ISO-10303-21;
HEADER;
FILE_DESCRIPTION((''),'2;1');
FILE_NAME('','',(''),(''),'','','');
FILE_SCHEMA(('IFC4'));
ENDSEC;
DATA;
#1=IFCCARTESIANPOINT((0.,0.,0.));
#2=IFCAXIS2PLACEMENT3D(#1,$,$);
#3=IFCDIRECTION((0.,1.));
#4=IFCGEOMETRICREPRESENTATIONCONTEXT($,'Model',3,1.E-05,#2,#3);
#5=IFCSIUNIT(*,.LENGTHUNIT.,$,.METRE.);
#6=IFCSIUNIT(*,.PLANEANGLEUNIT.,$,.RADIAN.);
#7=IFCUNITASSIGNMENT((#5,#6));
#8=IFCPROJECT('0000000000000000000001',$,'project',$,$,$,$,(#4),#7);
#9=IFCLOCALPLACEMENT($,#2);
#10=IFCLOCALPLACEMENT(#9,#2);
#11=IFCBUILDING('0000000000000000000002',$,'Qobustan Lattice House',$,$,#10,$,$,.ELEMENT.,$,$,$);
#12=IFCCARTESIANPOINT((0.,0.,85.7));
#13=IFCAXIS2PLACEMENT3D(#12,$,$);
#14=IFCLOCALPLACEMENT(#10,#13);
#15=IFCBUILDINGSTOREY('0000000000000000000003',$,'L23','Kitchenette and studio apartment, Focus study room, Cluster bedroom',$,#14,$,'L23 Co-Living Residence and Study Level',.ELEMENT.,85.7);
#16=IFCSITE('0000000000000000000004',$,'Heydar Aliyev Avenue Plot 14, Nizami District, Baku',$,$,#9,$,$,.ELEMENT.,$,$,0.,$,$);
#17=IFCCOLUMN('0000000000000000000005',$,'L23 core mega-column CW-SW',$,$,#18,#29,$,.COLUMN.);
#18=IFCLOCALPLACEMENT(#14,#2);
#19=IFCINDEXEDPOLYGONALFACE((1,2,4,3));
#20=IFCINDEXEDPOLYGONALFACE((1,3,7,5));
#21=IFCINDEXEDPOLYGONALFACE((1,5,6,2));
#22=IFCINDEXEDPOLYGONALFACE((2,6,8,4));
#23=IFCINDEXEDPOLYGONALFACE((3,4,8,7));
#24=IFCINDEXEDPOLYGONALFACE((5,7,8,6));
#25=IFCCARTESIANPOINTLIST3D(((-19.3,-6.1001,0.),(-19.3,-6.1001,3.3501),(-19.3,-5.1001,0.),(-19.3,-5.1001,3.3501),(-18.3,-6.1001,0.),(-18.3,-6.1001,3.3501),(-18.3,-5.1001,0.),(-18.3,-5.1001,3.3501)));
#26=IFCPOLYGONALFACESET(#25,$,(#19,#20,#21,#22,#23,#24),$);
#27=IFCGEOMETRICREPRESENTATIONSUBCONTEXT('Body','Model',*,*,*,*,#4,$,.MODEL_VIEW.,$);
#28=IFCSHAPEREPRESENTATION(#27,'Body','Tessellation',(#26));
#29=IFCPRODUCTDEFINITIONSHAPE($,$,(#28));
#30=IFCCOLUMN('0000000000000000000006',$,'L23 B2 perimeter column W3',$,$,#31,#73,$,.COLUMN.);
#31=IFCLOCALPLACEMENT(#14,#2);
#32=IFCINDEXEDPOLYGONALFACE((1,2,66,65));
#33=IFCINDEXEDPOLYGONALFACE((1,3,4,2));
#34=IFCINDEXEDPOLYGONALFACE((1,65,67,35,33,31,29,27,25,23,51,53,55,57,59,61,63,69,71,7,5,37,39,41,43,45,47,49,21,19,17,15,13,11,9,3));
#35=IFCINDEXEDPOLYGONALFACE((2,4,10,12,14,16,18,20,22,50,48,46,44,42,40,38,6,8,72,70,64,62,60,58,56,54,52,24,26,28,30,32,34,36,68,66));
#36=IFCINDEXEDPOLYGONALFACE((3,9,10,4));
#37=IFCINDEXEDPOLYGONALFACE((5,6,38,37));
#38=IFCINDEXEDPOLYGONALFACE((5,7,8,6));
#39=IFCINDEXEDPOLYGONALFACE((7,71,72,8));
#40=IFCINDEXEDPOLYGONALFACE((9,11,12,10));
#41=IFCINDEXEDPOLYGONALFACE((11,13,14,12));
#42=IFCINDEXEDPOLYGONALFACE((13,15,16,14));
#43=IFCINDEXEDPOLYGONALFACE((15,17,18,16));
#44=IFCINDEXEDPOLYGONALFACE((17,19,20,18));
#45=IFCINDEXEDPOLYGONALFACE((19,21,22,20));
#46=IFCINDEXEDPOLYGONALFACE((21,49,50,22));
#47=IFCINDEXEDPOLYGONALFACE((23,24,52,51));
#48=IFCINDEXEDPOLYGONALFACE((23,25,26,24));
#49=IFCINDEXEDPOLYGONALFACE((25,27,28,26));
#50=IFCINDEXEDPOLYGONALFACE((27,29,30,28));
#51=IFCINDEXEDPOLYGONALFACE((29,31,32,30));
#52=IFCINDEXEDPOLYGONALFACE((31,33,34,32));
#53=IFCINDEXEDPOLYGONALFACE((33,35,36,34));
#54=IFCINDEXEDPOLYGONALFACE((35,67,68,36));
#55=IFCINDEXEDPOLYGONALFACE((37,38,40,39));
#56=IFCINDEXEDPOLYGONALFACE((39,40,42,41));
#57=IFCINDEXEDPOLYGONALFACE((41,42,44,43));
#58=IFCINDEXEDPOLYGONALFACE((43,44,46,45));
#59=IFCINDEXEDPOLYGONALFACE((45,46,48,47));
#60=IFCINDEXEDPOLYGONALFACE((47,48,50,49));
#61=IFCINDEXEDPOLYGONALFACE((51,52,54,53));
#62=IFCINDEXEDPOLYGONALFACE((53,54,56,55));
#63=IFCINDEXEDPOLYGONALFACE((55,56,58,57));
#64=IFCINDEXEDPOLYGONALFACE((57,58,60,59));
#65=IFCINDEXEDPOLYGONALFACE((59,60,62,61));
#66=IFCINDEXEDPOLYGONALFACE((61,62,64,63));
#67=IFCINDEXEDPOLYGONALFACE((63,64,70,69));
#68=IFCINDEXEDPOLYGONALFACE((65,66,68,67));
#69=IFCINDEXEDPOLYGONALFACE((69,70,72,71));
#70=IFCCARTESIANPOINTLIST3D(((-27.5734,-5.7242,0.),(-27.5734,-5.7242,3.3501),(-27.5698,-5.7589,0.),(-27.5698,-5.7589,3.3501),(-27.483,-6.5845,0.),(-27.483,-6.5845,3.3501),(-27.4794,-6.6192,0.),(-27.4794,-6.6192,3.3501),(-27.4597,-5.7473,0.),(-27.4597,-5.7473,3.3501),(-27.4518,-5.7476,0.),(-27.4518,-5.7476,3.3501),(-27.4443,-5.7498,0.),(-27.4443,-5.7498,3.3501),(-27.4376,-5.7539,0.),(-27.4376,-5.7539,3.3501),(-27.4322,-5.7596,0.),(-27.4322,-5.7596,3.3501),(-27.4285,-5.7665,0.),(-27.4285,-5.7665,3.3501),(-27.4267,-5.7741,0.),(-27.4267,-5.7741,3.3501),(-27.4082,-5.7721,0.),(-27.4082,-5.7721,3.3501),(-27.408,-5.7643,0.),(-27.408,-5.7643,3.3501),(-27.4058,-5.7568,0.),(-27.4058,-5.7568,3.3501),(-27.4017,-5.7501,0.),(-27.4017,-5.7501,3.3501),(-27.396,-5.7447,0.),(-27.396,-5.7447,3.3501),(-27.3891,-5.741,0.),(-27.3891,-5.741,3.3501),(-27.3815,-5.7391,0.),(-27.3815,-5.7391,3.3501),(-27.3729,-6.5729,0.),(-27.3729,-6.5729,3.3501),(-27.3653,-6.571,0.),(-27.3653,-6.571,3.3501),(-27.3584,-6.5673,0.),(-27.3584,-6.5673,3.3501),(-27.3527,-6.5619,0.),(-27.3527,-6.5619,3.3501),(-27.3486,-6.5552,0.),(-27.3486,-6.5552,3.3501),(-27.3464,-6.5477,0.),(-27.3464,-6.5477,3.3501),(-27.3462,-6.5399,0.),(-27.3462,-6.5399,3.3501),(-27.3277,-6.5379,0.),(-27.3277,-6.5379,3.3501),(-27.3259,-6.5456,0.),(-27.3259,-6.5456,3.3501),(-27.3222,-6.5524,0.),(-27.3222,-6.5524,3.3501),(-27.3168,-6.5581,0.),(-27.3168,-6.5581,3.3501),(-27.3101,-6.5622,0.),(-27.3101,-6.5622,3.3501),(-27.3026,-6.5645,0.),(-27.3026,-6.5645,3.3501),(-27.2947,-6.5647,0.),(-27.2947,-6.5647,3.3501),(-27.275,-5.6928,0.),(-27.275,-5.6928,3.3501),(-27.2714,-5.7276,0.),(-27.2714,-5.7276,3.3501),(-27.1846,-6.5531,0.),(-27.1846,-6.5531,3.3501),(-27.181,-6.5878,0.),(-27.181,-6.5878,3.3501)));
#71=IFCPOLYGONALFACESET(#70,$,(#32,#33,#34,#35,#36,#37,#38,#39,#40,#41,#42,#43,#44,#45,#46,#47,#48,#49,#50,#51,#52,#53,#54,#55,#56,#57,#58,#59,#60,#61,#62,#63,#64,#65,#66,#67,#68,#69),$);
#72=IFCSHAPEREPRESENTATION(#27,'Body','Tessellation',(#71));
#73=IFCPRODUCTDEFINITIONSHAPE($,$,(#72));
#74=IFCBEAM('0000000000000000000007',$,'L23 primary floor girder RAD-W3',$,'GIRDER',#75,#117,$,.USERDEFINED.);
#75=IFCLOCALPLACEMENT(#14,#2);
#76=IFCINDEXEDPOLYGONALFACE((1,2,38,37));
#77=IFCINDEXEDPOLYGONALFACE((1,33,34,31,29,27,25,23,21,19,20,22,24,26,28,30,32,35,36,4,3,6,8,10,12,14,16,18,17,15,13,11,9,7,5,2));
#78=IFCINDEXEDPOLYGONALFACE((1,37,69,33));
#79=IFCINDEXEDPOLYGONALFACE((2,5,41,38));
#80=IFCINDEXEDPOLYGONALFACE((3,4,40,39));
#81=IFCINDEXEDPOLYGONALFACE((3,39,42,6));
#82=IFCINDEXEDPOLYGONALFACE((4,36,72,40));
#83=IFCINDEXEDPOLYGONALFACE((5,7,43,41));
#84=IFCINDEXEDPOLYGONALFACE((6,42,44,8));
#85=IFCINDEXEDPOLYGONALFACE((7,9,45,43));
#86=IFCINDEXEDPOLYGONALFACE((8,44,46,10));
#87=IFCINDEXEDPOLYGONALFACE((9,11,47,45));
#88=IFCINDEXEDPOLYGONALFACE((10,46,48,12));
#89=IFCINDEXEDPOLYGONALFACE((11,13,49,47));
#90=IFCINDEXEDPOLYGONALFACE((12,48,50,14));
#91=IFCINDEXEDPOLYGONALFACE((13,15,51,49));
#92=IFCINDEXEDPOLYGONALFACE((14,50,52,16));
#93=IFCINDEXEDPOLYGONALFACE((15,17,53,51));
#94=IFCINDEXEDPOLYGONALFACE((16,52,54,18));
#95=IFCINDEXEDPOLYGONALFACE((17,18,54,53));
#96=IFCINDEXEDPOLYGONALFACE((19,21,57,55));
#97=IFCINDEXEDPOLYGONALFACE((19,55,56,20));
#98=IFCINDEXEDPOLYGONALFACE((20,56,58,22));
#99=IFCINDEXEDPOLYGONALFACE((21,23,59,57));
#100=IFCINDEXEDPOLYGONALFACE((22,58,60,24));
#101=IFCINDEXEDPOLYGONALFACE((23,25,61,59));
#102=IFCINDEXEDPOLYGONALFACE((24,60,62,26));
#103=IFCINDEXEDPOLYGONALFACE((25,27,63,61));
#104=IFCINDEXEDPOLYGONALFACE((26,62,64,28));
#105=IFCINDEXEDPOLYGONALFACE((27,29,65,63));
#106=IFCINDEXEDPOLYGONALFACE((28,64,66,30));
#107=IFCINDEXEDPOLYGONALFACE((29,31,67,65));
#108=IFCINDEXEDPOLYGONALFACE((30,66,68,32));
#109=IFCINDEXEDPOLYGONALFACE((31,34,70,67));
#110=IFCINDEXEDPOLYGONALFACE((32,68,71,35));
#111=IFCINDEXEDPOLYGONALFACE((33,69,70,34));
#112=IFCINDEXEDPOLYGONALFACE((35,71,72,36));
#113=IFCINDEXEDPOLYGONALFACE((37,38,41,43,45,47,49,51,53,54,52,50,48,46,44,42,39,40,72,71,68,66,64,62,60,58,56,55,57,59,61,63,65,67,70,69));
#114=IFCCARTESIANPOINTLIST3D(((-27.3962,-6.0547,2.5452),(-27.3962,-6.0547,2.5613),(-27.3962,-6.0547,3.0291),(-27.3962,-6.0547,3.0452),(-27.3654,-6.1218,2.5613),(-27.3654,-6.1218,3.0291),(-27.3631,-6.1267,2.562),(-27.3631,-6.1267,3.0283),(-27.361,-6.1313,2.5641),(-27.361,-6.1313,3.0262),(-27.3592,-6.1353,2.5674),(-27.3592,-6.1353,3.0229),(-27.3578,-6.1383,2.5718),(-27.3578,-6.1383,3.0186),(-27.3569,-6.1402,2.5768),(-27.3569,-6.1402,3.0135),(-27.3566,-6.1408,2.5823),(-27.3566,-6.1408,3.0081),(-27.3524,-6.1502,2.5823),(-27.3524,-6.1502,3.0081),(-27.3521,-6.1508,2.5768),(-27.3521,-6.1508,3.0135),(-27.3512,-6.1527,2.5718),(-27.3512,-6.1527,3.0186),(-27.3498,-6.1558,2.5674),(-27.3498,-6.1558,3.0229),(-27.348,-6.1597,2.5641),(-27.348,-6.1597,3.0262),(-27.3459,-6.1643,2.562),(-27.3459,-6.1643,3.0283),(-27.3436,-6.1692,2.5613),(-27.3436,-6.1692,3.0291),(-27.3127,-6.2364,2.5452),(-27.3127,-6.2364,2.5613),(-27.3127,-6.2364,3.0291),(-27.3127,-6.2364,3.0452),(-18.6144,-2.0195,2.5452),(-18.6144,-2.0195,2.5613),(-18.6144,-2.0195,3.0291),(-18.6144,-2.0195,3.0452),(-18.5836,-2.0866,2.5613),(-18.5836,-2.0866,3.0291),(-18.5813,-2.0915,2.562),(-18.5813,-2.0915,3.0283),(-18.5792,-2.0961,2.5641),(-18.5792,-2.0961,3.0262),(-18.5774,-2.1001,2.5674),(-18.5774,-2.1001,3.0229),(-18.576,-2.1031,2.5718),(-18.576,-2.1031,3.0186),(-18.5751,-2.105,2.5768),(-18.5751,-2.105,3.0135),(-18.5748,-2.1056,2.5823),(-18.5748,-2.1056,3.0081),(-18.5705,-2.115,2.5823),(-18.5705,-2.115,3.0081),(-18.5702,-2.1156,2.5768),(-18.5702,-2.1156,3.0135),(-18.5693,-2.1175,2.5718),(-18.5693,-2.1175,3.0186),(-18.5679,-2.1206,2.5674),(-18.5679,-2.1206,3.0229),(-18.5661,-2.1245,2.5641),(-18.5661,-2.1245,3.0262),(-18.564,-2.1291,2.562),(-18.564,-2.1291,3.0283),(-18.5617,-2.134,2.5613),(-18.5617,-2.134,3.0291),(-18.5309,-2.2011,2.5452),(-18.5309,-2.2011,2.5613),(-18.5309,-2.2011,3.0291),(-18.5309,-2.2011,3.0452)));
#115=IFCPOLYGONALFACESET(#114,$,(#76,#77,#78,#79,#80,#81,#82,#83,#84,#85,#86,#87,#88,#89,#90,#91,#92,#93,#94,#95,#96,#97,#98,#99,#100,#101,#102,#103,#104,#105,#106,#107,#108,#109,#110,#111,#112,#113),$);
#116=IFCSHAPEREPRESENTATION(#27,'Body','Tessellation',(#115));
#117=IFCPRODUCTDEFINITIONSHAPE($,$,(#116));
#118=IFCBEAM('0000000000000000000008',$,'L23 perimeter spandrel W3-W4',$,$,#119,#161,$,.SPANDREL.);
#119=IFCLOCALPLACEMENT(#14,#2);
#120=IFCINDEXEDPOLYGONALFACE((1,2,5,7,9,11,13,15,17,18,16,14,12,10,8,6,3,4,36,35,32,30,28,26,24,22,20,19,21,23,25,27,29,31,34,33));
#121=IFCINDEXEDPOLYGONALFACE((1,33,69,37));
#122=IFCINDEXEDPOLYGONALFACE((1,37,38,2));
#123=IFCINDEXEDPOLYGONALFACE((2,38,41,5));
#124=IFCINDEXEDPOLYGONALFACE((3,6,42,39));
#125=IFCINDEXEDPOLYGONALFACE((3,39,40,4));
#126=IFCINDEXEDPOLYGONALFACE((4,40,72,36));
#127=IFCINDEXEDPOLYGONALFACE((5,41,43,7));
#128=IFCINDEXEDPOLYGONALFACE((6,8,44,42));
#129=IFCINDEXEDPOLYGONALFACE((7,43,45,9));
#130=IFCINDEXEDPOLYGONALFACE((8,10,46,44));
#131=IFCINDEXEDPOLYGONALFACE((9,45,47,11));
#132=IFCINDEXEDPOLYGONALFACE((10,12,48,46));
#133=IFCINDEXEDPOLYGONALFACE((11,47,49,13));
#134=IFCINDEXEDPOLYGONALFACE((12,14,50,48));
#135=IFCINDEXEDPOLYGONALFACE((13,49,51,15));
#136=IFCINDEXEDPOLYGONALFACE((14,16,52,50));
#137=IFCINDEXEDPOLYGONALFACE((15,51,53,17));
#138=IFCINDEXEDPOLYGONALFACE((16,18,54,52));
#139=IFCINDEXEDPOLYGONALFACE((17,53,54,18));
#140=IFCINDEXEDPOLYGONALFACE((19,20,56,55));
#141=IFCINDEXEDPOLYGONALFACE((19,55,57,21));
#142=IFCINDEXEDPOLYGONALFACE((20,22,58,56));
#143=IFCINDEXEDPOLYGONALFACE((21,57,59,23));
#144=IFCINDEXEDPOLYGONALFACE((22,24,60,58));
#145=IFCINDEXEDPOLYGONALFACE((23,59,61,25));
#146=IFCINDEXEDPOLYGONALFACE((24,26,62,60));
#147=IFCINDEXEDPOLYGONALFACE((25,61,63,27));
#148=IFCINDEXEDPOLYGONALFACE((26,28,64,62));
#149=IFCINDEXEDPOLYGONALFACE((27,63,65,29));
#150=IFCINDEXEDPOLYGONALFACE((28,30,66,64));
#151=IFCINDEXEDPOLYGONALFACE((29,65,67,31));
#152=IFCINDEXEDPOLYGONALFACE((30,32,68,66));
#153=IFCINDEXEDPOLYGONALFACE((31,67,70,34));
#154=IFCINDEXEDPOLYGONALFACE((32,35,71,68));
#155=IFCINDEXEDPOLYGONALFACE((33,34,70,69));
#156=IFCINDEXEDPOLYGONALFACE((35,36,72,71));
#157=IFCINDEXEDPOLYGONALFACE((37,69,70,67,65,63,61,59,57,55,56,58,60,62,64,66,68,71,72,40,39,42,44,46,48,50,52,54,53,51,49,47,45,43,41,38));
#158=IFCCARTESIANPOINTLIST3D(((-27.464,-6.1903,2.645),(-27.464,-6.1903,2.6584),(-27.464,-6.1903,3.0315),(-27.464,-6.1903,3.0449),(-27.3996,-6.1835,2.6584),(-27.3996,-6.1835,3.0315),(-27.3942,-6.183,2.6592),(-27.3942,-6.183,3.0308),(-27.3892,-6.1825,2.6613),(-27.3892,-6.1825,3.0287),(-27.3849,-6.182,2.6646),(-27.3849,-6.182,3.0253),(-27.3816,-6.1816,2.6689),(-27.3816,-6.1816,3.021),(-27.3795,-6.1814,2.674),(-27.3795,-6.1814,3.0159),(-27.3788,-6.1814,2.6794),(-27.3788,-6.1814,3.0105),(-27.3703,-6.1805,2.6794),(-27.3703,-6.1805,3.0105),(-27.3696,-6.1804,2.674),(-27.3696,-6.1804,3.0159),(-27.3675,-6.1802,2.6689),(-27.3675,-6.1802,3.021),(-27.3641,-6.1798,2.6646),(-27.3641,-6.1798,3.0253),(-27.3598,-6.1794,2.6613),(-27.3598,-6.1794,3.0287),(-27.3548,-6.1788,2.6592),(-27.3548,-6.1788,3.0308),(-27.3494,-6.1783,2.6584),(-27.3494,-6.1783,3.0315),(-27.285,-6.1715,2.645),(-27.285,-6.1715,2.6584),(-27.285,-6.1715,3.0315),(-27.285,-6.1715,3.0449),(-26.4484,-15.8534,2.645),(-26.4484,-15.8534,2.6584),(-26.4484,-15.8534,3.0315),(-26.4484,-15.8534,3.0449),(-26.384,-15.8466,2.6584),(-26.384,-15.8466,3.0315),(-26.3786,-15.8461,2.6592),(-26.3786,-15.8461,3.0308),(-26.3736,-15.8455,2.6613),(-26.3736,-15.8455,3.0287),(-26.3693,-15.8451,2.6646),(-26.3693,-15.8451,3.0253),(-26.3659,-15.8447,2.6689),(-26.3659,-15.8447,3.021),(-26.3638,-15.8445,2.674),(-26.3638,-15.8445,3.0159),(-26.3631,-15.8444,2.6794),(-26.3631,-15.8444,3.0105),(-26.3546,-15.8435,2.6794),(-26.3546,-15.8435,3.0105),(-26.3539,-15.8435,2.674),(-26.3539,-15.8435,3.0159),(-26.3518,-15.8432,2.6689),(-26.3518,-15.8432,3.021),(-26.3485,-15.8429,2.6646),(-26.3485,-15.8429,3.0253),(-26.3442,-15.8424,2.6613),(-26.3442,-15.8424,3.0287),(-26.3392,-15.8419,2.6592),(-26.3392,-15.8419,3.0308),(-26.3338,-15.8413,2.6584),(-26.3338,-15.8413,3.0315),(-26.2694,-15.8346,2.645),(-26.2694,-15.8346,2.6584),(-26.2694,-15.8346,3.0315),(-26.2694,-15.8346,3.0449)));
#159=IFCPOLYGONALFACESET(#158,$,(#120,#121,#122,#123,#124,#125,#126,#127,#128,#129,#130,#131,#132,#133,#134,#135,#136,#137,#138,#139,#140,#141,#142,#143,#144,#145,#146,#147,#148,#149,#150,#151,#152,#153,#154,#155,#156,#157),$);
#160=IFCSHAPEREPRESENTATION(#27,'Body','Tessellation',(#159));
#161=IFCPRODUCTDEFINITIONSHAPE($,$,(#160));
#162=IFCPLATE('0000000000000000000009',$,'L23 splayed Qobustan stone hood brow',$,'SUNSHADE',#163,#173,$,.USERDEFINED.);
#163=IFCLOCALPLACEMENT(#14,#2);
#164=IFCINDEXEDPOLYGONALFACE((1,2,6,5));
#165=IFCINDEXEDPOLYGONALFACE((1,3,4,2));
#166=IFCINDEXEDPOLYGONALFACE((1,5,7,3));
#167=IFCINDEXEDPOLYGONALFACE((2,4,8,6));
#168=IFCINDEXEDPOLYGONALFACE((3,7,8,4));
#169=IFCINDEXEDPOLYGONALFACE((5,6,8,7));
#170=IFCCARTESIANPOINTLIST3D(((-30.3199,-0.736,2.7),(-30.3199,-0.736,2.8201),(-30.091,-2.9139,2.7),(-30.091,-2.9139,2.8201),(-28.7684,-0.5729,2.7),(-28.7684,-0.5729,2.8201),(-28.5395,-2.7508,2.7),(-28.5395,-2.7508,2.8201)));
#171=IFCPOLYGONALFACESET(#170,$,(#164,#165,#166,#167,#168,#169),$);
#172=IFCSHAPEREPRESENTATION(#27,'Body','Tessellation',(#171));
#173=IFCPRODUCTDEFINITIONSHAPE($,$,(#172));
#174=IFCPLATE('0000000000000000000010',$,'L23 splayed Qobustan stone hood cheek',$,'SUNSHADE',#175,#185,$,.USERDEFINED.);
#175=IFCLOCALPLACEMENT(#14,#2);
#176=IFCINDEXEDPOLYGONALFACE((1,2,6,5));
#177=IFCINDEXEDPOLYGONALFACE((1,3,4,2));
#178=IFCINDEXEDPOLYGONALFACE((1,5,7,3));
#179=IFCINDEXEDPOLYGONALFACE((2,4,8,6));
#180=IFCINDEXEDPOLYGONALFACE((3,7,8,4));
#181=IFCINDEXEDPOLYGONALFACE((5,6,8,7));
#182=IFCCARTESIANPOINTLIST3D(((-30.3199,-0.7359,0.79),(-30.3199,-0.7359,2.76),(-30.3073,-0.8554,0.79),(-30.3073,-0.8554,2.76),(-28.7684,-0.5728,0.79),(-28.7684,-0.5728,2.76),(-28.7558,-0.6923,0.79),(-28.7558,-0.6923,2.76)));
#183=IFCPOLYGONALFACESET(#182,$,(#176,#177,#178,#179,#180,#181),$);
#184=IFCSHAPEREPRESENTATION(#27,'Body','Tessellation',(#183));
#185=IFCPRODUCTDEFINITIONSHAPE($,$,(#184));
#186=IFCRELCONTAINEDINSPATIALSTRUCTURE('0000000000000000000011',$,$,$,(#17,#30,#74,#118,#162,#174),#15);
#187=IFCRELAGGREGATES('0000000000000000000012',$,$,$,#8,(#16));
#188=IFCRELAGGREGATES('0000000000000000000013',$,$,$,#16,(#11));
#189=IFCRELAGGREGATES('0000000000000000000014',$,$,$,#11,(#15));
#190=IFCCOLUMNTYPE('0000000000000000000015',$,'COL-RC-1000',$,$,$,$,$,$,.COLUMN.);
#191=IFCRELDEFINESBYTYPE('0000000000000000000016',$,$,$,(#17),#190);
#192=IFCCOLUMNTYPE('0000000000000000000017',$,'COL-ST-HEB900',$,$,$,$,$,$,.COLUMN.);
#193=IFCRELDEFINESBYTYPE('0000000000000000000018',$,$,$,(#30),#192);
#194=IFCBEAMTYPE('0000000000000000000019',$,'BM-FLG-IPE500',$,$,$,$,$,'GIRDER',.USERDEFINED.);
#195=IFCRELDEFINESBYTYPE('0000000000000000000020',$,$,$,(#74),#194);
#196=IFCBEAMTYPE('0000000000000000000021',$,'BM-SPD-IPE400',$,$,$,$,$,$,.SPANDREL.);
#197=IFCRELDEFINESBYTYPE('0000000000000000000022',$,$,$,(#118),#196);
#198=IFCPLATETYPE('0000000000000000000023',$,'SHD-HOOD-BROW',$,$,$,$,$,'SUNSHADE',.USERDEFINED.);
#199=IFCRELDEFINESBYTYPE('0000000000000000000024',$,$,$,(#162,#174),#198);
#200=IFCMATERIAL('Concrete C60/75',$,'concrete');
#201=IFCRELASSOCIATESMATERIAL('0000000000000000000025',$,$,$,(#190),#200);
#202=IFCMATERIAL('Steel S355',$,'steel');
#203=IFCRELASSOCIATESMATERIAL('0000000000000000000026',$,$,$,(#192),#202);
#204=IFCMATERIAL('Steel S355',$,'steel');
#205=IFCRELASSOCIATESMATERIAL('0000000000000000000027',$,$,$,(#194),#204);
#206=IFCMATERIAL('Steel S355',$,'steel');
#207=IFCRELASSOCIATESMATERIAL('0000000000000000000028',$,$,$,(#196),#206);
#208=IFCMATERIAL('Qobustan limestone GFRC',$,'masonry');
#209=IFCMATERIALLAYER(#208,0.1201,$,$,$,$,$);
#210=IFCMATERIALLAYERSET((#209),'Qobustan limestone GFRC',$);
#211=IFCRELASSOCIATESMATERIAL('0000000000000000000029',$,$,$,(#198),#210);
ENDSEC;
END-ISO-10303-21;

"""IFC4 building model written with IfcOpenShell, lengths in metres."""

from ifc_helpers import new_model, si_unit, direction, frame, origin, origin_2d, place, context, subcontext, project, spatial, rectangle, i_section, extrude, material, layer, layer_set, material_profile, profile_set, type_object, element, save


model = new_model("IFC4")

# Units and contexts
model_context = context("Model", 3, precision=1e-05, world=origin(), true_north=direction((0.0, 1.0)))
body_context = subcontext(model_context, "Body", "Model", "MODEL_VIEW")
ifc_project = project(units=[si_unit("LENGTHUNIT", "METRE"), si_unit("PLANEANGLEUNIT", "RADIAN")], contexts=[model_context])

# Site, building, storey
site_placement = place(None, origin())
site = spatial("IfcSite", under=ifc_project, at=site_placement, Name="Heydar Aliyev Avenue Plot 14, Nizami District, Baku", CompositionType="ELEMENT", RefElevation=0.0)
building_placement = place(site_placement, origin())
building = spatial("IfcBuilding", under=site, at=building_placement, Name="Qobustan Lattice House", CompositionType="ELEMENT")
storey_placement = place(building_placement, frame((0.0, 0.0, 85.7)))
storey = spatial("IfcBuildingStorey", under=building, at=storey_placement, Name="L23", Description="Kitchenette and studio apartment, Focus study room, Cluster bedroom", LongName="L23 Co-Living Residence and Study Level", CompositionType="ELEMENT", Elevation=85.7)

# Columns
ifc_material_1 = material(Name="Concrete C60/75", Category="concrete")
ifc_material_profile_1 = material_profile(ifc_material_1, rectangle(XDim=1.0, YDim=1.0, at=origin_2d()), Name="RC1000x1000")
ifc_profile_set_1 = profile_set([ifc_material_profile_1], Name="Concrete C60/75")
column_type_1 = type_object("IfcColumnType", Name="COL-RC-1000", PredefinedType="COLUMN", material=ifc_profile_set_1)
column_1_placement = place(storey_placement, frame((-18.8, -5.6001, 0.0), z_axis=(0.0, 0.0, 1.0), x_axis=(1.0, 0.0, 0.0)))
element("IfcColumn", 1, at=column_1_placement, inside=storey, type_object=column_type_1, Name="L23 core mega-column CW-SW", PredefinedType="COLUMN", context=body_context, shape_type="SweptSolid", body=[
    extrude(rectangle(XDim=1.0, YDim=1.0, at=origin_2d()), origin(), (0.0, 0.0, 1.0), 3.3501),
])
ifc_material_2 = material(Name="Steel S355", Category="steel")
ifc_material_profile_2 = material_profile(ifc_material_2, i_section(OverallWidth=0.3, OverallDepth=0.8999, WebThickness=0.0186, FlangeThickness=0.0349, FilletRadius=0.03, at=origin_2d()), Name="HEB900")
ifc_profile_set_2 = profile_set([ifc_material_profile_2], Name="Steel S355")
column_type_2 = type_object("IfcColumnType", Name="COL-ST-HEB900", PredefinedType="COLUMN", material=ifc_profile_set_2)
column_2_placement = place(storey_placement, frame((-27.3772, -6.156, 0.0), z_axis=(0.0, 0.0, 1.0), x_axis=(0.994522, 0.104528, 0.0)))
element("IfcColumn", 2, at=column_2_placement, inside=storey, type_object=column_type_2, Name="L23 B2 perimeter column W3", PredefinedType="COLUMN", context=body_context, shape_type="SweptSolid", body=[
    extrude(i_section(OverallWidth=0.3, OverallDepth=0.8999, WebThickness=0.0186, FlangeThickness=0.0349, FilletRadius=0.03, at=origin_2d()), origin(), (0.0, 0.0, 1.0), 3.3501),
])

# Beams
ifc_material_3 = material(Name="Steel S355", Category="steel")
ifc_material_profile_3 = material_profile(ifc_material_3, i_section(OverallWidth=0.2, OverallDepth=0.5, WebThickness=0.0103, FlangeThickness=0.0161, FilletRadius=0.021, at=origin_2d()), Name="IPE500")
ifc_profile_set_3 = profile_set([ifc_material_profile_3], Name="Steel S355")
beam_type_1 = type_object("IfcBeamType", Name="BM-FLG-IPE500", ElementType="GIRDER", PredefinedType="USERDEFINED", material=ifc_profile_set_3)
beam_1_placement = place(storey_placement, frame((-27.3545, -6.1455, 2.7952), z_axis=(0.908665, 0.417526, 0.0), x_axis=(-0.417526, 0.908665, 0.0)))
element("IfcBeam", 3, at=beam_1_placement, inside=storey, type_object=beam_type_1, Name="L23 primary floor girder RAD-W3", ObjectType="GIRDER", PredefinedType="USERDEFINED", context=body_context, shape_type="SweptSolid", body=[
    extrude(i_section(OverallWidth=0.2, OverallDepth=0.5, WebThickness=0.0103, FlangeThickness=0.0161, FilletRadius=0.021, at=origin_2d()), origin(), (0.0, 0.0, 1.0), 9.6646),
])
ifc_material_4 = material(Name="Steel S355", Category="steel")
ifc_material_profile_4 = material_profile(ifc_material_4, i_section(OverallWidth=0.1799, OverallDepth=0.3999, WebThickness=0.0085, FlangeThickness=0.0134, FilletRadius=0.021, at=origin_2d()), Name="IPE400")
ifc_profile_set_4 = profile_set([ifc_material_profile_4], Name="Steel S355")
beam_type_2 = type_object("IfcBeamType", Name="BM-SPD-IPE400", PredefinedType="SPANDREL", material=ifc_profile_set_4)
beam_2_placement = place(storey_placement, frame((-27.3745, -6.1809, 2.845), z_axis=(0.104528, -0.994522, 0.0), x_axis=(0.994522, 0.104528, 0.0)))
element("IfcBeam", 4, at=beam_2_placement, inside=storey, type_object=beam_type_2, Name="L23 perimeter spandrel W3-W4", PredefinedType="SPANDREL", context=body_context, shape_type="SweptSolid", body=[
    extrude(i_section(OverallWidth=0.1799, OverallDepth=0.3999, WebThickness=0.0085, FlangeThickness=0.0134, FilletRadius=0.021, at=origin_2d()), origin(), (0.0, 0.0, 1.0), 9.7163),
])

# Plates
ifc_material_5 = material(Name="Qobustan limestone GFRC", Category="masonry")
ifc_layer_1 = layer(ifc_material_5, 0.1201)
ifc_layer_set_1 = layer_set([ifc_layer_1], Name="Qobustan limestone GFRC")
plate_type = type_object("IfcPlateType", Name="SHD-HOOD-BROW", ElementType="SUNSHADE", PredefinedType="USERDEFINED", material=ifc_layer_set_1)
plate_1_placement = place(storey_placement, frame((-29.4297, -1.7434, 2.7), z_axis=(0.0, 0.0, 1.0), x_axis=(-0.104528, 0.994522, 0.0)))
element("IfcPlate", 5, at=plate_1_placement, inside=storey, type_object=plate_type, Name="L23 splayed Qobustan stone hood brow", ObjectType="SUNSHADE", PredefinedType="USERDEFINED", context=body_context, shape_type="SweptSolid", body=[
    extrude(rectangle(XDim=2.1899, YDim=1.5601, at=origin_2d()), origin(), (0.0, 0.0, 1.0), 0.1201),
])
plate_2_placement = place(storey_placement, frame((-29.5378, -0.7141, 0.79), z_axis=(0.0, 0.0, 1.0), x_axis=(-0.104528, 0.994522, 0.0)))
element("IfcPlate", 6, at=plate_2_placement, inside=storey, type_object=plate_type, Name="L23 splayed Qobustan stone hood cheek", ObjectType="SUNSHADE", PredefinedType="USERDEFINED", context=body_context, shape_type="SweptSolid", body=[
    extrude(rectangle(XDim=0.1201, YDim=1.5601, at=origin_2d()), origin(), (0.0, 0.0, 1.0), 1.97),
])

save(model, "model.ifc")
